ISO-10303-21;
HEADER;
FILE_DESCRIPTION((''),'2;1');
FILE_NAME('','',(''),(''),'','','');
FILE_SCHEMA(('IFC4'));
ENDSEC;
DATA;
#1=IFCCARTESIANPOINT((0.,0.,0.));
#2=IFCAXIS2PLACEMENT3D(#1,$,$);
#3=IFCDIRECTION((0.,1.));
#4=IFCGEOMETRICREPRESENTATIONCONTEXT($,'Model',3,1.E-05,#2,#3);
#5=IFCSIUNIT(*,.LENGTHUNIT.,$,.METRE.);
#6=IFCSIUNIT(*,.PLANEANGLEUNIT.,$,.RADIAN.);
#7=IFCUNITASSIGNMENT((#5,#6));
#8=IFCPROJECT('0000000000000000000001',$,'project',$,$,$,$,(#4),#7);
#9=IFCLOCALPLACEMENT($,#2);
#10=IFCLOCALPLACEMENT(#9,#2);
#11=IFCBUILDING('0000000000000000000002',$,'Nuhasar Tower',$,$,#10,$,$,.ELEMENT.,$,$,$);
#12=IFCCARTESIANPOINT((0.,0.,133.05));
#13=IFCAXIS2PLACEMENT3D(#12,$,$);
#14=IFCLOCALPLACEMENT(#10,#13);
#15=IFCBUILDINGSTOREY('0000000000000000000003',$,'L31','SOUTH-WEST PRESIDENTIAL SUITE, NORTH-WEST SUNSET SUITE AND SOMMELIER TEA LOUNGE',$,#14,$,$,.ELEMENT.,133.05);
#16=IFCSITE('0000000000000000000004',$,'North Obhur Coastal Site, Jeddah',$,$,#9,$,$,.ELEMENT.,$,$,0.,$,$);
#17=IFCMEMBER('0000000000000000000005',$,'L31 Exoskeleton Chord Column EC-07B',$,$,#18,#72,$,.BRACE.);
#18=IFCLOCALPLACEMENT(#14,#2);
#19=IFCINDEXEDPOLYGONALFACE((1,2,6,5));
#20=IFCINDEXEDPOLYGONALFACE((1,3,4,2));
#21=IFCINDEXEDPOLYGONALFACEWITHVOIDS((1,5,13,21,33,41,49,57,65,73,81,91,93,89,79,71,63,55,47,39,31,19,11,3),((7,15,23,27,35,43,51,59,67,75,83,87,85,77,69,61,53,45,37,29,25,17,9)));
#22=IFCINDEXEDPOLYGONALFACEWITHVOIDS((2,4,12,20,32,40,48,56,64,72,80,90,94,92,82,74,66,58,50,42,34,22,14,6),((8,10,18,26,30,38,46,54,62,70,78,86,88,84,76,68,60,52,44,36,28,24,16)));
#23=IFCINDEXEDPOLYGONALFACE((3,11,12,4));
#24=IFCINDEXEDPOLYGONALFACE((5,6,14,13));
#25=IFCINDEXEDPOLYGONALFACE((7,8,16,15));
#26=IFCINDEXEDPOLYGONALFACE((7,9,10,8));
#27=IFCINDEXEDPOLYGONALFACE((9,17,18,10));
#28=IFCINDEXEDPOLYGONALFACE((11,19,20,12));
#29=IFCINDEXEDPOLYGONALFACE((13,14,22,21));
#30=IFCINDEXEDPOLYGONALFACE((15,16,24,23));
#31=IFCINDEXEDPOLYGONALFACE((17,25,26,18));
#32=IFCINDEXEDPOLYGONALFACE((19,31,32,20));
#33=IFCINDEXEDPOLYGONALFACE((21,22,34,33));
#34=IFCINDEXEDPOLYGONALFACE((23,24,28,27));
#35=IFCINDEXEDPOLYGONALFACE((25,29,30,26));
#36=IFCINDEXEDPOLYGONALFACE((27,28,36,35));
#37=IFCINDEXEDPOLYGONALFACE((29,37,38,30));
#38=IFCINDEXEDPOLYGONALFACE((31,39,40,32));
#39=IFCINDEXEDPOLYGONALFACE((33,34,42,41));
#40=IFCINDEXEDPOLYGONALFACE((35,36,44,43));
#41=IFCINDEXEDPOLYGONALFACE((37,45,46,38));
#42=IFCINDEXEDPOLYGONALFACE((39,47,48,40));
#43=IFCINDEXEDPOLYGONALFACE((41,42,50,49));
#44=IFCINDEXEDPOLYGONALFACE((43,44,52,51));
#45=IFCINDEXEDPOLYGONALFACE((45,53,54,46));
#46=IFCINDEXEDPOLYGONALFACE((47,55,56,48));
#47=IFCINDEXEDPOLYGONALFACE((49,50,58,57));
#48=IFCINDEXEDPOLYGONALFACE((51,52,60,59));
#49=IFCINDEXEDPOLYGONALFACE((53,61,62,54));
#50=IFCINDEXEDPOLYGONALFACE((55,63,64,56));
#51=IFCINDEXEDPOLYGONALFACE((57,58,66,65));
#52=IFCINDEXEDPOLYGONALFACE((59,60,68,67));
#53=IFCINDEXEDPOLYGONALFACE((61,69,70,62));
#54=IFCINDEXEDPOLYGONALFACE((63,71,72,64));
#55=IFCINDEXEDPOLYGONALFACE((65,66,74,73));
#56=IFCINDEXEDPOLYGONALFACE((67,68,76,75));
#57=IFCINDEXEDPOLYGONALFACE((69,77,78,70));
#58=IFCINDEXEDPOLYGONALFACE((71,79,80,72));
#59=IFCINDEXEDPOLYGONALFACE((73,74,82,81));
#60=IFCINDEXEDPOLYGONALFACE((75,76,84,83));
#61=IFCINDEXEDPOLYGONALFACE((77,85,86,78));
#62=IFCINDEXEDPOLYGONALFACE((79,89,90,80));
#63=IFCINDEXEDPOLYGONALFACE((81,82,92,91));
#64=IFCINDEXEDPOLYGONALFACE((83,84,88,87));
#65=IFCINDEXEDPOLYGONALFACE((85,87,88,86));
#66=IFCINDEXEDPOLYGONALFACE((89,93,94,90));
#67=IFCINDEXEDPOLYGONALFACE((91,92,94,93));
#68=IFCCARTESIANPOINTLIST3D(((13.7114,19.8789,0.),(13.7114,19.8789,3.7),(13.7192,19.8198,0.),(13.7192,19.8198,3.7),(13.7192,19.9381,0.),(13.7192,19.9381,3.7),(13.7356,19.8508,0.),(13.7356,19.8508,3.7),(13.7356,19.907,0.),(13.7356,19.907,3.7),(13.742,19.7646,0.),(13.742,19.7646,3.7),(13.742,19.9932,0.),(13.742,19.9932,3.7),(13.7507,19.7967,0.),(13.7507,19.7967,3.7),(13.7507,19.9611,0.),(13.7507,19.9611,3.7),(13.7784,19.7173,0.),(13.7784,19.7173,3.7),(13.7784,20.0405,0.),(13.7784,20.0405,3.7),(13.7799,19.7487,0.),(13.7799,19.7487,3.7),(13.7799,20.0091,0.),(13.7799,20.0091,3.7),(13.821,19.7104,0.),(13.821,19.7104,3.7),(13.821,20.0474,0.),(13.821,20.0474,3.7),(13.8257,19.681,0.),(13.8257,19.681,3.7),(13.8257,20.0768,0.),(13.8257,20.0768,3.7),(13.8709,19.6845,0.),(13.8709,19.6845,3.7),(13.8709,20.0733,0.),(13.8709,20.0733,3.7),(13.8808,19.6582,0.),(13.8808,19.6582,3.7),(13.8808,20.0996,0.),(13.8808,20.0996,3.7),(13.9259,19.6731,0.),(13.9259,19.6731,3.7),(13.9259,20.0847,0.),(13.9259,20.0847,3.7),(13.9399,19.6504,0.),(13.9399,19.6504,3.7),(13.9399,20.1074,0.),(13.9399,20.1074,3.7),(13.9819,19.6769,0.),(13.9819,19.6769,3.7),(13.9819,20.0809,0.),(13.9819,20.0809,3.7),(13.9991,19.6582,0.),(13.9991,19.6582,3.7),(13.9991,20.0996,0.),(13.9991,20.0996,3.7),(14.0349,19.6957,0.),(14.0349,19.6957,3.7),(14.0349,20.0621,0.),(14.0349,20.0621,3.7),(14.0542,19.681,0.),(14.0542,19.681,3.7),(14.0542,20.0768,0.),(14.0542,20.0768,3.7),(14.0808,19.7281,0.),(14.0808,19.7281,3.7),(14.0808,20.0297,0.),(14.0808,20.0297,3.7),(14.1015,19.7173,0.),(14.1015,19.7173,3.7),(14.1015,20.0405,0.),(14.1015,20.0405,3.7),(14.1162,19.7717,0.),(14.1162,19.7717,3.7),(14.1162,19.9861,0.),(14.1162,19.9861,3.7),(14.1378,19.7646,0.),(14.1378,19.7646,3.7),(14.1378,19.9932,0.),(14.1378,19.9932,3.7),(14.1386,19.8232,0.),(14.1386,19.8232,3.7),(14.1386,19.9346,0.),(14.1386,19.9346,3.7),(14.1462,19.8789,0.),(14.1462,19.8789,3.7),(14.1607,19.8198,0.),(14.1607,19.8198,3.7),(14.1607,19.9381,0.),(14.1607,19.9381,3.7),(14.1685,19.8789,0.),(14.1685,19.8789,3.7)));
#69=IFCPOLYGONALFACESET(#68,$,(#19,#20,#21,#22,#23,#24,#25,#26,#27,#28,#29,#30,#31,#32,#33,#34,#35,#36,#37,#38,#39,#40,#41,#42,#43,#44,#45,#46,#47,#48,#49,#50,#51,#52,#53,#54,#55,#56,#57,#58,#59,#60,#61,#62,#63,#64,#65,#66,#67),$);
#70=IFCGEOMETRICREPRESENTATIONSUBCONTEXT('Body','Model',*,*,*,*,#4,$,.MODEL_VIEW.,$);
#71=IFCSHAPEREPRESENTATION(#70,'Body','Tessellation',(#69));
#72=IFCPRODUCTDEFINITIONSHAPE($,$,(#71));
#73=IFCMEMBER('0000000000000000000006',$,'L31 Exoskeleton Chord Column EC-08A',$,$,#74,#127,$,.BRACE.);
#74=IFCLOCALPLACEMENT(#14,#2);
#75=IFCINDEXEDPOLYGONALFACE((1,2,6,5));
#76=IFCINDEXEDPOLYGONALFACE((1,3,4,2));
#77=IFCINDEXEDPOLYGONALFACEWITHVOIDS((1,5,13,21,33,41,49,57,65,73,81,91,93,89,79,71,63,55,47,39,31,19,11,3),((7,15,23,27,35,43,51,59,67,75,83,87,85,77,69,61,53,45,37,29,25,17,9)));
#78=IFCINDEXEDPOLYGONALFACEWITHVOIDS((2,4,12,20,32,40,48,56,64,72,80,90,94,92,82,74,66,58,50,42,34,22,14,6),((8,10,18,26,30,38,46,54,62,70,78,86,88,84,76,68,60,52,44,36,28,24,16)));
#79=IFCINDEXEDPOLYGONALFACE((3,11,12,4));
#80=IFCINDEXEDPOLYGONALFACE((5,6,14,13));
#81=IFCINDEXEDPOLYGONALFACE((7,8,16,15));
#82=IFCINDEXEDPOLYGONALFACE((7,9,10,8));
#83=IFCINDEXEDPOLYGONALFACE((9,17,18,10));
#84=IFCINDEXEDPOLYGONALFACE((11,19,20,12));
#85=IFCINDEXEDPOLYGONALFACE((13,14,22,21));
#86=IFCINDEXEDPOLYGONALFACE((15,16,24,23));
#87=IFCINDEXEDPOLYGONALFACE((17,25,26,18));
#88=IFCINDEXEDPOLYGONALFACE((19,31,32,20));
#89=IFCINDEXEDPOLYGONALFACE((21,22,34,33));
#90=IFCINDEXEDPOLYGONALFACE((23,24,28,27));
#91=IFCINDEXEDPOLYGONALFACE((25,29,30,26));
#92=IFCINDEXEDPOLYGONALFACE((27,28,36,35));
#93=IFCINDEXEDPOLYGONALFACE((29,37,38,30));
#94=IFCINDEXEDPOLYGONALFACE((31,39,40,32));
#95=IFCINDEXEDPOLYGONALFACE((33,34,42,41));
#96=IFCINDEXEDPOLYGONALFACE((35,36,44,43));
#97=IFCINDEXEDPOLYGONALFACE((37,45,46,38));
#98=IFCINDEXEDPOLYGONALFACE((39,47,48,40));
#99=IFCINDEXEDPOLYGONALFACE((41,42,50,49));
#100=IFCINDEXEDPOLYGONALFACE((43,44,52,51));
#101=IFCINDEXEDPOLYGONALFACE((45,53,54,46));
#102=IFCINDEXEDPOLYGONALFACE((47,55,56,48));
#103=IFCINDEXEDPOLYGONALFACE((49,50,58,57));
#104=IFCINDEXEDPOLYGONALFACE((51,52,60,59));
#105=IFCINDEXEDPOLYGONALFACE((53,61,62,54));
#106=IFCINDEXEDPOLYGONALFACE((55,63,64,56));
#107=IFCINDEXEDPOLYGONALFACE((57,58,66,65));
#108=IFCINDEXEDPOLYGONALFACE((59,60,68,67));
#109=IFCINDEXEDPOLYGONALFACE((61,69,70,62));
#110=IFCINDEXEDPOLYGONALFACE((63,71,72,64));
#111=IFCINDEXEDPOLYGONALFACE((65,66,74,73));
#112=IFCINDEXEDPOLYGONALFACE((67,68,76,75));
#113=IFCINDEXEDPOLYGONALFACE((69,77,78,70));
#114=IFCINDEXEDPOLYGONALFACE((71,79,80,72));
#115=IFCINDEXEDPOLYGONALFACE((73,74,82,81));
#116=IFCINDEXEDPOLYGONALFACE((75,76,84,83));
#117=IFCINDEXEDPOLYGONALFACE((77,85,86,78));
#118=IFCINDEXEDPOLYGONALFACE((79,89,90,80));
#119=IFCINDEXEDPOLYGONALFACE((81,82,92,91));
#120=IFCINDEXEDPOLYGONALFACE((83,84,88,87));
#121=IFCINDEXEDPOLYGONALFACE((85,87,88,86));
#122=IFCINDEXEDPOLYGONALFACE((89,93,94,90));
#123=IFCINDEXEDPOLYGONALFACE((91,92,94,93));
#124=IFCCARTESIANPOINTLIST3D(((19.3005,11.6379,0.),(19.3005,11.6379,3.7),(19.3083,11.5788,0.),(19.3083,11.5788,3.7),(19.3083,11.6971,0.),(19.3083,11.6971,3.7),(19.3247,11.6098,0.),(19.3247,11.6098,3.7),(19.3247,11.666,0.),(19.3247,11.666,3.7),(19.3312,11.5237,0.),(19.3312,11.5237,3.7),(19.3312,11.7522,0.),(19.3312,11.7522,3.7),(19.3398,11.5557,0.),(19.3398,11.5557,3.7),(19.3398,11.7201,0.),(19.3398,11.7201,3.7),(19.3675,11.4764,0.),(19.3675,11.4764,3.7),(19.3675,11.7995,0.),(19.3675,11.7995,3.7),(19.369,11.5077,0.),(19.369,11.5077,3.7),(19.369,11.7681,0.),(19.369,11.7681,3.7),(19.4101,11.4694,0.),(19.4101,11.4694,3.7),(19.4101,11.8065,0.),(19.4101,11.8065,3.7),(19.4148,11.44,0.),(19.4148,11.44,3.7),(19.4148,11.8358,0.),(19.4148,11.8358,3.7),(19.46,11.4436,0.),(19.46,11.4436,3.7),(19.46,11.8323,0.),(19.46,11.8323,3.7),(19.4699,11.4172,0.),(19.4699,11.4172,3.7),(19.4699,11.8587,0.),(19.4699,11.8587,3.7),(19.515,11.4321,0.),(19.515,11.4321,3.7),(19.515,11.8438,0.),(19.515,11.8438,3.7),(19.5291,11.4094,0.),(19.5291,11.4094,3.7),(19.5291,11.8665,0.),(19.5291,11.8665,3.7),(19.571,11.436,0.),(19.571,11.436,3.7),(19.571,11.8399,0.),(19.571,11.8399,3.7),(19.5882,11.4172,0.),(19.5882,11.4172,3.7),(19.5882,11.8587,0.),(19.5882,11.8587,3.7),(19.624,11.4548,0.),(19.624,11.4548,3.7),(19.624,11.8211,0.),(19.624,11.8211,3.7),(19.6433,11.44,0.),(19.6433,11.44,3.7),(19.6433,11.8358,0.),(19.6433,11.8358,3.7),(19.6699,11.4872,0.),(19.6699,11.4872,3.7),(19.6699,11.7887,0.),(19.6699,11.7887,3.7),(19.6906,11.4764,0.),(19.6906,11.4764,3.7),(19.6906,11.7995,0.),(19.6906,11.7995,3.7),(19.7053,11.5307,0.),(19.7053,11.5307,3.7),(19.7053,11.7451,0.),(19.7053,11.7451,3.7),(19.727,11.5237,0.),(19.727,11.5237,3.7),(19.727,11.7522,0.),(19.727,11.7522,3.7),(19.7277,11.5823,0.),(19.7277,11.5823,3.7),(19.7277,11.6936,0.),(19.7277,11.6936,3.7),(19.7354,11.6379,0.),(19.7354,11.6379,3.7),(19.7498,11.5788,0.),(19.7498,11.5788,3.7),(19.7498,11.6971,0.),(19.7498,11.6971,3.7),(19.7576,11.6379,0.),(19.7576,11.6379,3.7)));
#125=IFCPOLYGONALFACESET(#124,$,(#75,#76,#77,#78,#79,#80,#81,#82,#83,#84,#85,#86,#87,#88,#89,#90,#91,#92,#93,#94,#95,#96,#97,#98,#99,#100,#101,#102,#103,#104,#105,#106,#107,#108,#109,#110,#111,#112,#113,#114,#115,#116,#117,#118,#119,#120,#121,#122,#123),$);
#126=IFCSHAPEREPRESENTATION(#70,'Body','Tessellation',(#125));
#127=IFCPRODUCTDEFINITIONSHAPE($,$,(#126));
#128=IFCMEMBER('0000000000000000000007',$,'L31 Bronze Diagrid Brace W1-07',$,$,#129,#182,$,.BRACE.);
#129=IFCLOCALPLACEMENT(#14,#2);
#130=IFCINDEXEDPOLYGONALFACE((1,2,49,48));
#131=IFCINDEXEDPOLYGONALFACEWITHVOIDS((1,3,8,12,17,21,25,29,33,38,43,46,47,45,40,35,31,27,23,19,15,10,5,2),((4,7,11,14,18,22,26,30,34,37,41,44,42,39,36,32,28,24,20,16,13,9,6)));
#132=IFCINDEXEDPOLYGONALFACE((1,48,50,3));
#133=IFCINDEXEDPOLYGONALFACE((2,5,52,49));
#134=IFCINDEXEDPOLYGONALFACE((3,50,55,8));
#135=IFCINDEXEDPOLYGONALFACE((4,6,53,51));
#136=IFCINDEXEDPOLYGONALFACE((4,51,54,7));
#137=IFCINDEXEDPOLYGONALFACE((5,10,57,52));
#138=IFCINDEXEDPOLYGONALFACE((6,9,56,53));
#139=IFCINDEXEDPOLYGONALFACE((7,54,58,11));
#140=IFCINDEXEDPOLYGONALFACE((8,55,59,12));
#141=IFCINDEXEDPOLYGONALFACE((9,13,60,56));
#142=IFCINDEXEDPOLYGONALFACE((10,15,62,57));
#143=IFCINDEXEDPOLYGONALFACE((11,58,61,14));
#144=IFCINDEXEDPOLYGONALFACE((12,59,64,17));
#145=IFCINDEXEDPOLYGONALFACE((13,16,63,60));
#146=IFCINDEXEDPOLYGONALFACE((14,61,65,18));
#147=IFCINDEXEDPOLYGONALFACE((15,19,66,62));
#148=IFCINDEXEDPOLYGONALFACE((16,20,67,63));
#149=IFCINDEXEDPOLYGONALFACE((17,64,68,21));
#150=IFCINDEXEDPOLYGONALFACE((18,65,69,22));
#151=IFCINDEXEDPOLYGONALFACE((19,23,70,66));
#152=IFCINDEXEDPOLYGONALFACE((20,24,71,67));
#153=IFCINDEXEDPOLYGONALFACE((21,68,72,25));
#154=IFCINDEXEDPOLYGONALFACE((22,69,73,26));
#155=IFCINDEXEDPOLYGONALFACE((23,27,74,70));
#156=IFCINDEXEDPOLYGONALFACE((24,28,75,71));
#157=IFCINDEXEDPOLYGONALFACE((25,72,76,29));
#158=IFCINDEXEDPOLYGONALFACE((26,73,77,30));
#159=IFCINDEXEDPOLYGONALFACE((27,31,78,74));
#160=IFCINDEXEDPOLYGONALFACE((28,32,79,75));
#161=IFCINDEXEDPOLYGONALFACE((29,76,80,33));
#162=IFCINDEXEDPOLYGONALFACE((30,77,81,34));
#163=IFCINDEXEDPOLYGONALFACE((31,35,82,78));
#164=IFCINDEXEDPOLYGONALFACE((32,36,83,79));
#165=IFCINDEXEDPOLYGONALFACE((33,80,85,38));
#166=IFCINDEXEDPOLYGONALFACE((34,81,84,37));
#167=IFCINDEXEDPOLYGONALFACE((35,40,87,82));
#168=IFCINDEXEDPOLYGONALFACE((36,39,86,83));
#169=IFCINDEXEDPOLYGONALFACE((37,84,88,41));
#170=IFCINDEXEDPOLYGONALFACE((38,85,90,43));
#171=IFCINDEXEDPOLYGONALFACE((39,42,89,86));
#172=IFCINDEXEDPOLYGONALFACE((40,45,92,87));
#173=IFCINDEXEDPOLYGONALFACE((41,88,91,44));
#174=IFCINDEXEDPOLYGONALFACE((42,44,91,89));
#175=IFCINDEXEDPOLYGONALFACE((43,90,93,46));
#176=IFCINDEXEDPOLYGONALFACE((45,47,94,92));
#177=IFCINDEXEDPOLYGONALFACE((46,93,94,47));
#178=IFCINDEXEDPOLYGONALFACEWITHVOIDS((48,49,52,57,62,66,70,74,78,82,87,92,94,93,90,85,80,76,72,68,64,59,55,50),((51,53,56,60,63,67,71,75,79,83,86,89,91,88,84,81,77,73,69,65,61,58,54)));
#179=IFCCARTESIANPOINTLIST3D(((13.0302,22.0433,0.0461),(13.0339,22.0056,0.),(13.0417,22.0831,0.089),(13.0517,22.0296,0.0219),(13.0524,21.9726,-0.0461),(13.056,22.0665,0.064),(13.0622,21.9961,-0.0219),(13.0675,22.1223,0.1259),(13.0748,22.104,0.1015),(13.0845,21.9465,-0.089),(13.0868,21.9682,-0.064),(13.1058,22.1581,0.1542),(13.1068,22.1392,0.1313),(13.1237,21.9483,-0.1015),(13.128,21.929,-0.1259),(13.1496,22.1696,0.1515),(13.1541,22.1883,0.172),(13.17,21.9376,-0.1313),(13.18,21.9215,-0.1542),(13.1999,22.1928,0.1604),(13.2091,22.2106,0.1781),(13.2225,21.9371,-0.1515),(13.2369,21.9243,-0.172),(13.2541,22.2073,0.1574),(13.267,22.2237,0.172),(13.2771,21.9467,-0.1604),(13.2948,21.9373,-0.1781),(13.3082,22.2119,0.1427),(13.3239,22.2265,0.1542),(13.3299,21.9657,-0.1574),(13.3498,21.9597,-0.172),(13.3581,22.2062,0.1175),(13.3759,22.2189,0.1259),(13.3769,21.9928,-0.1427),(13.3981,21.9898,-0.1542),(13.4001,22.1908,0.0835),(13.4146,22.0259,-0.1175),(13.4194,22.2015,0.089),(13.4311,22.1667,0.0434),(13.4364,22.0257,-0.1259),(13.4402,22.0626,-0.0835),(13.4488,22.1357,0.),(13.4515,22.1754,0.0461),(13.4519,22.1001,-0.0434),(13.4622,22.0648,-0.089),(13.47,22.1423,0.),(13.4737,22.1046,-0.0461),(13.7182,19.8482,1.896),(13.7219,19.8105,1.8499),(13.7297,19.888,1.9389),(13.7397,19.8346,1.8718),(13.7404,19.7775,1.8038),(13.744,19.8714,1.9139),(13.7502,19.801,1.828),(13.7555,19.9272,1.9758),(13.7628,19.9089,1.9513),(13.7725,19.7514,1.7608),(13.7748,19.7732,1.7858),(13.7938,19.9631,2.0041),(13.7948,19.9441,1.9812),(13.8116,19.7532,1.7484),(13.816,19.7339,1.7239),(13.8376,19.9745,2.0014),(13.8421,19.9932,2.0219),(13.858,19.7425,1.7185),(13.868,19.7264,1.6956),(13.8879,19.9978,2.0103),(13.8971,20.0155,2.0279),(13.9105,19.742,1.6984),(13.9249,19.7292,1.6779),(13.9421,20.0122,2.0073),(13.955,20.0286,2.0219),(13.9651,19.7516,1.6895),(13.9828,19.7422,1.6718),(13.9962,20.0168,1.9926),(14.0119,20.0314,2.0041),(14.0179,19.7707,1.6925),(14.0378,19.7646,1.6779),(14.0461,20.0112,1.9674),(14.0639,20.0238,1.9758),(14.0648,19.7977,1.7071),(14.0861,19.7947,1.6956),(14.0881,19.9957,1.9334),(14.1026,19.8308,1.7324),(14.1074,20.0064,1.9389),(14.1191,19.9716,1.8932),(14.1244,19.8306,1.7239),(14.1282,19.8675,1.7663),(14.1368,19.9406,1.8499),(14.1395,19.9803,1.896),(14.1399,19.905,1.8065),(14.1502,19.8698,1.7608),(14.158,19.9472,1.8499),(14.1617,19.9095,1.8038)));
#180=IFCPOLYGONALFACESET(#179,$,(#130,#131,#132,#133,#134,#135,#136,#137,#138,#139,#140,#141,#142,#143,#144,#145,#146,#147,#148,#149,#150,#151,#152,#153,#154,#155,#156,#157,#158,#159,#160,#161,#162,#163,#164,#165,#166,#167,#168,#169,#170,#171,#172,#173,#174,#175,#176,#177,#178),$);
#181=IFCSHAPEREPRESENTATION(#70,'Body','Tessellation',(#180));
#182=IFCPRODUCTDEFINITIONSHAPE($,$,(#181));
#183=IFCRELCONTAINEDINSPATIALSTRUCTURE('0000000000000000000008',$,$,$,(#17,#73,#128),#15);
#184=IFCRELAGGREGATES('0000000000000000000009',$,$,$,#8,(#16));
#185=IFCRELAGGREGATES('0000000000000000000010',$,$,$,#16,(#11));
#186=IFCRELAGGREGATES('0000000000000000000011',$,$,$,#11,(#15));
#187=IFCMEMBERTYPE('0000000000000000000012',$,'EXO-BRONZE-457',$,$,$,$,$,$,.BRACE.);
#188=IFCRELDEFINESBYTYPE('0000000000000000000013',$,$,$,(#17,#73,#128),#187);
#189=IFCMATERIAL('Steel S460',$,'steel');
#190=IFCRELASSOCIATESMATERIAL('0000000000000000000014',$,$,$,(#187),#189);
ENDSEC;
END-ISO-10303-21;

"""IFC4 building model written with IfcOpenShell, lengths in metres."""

from ifc_helpers import new_model, si_unit, direction, frame, origin, origin_2d, place, context, subcontext, project, spatial, hollow_circle, extrude, material, material_profile, profile_set, type_object, element, save


model = new_model("IFC4")

# Units and contexts
model_context = context("Model", 3, precision=1e-05, world=origin(), true_north=direction((0.0, 1.0)))
body_context = subcontext(model_context, "Body", "Model", "MODEL_VIEW")
ifc_project = project(units=[si_unit("LENGTHUNIT", "METRE"), si_unit("PLANEANGLEUNIT", "RADIAN")], contexts=[model_context])

# Site, building, storey
site_placement = place(None, origin())
site = spatial("IfcSite", under=ifc_project, at=site_placement, Name="North Obhur Coastal Site, Jeddah", CompositionType="ELEMENT", RefElevation=0.0)
building_placement = place(site_placement, origin())
building = spatial("IfcBuilding", under=site, at=building_placement, Name="Nuhasar Tower", CompositionType="ELEMENT")
storey_placement = place(building_placement, frame((0.0, 0.0, 133.05)))
storey = spatial("IfcBuildingStorey", under=building, at=storey_placement, Name="L31", Description="SOUTH-WEST PRESIDENTIAL SUITE, NORTH-WEST SUNSET SUITE AND SOMMELIER TEA LOUNGE", CompositionType="ELEMENT", Elevation=133.05)

# Members
ifc_material_1 = material(Name="Steel S460", Category="steel")
ifc_material_profile_1 = material_profile(ifc_material_1, hollow_circle(Radius=0.2285, WallThickness=0.0222, at=origin_2d()), Name="HSS457X22.2")
ifc_profile_set_1 = profile_set([ifc_material_profile_1], Name="Steel S460")
member_type_1 = type_object("IfcMemberType", Name="EXO-BRONZE-457", PredefinedType="BRACE", material=ifc_profile_set_1)
for number, where, z_axis, x_axis, name in (
    (1, (13.9399, 19.8789, 0.0), (0.0, 0.0, 1.0), (1.0, 0.0, 0.0), "L31 Exoskeleton Chord Column EC-07B"),
    (2, (19.5291, 11.6379, 0.0), (0.0, 0.0, 1.0), (1.0, 0.0, 0.0), "L31 Exoskeleton Chord Column EC-08A"),
):
    element("IfcMember", number, at=place(storey_placement, frame(where, z_axis=z_axis, x_axis=x_axis)), inside=storey, type_object=member_type_1, Name=name, PredefinedType="BRACE", context=body_context, shape_type="SweptSolid", body=[
        extrude(hollow_circle(Radius=0.2285, WallThickness=0.0222, at=origin_2d()), origin(), (0.0, 0.0, 1.0), 3.7),
    ])
member_1_placement = place(storey_placement, frame((13.252, 22.074, 0.0), z_axis=(0.233068, -0.743616, 0.626669), x_axis=(0.954228, 0.299079, 0.0)))
element("IfcMember", 3, at=member_1_placement, inside=storey, type_object=member_type_1, Name="L31 Bronze Diagrid Brace W1-07", PredefinedType="BRACE", context=body_context, shape_type="SweptSolid", body=[
    extrude(hollow_circle(Radius=0.2285, WallThickness=0.0222, at=origin_2d()), origin(), (0.0, 0.0, 1.0), 2.9519),
])

save(model, "model.ifc")
